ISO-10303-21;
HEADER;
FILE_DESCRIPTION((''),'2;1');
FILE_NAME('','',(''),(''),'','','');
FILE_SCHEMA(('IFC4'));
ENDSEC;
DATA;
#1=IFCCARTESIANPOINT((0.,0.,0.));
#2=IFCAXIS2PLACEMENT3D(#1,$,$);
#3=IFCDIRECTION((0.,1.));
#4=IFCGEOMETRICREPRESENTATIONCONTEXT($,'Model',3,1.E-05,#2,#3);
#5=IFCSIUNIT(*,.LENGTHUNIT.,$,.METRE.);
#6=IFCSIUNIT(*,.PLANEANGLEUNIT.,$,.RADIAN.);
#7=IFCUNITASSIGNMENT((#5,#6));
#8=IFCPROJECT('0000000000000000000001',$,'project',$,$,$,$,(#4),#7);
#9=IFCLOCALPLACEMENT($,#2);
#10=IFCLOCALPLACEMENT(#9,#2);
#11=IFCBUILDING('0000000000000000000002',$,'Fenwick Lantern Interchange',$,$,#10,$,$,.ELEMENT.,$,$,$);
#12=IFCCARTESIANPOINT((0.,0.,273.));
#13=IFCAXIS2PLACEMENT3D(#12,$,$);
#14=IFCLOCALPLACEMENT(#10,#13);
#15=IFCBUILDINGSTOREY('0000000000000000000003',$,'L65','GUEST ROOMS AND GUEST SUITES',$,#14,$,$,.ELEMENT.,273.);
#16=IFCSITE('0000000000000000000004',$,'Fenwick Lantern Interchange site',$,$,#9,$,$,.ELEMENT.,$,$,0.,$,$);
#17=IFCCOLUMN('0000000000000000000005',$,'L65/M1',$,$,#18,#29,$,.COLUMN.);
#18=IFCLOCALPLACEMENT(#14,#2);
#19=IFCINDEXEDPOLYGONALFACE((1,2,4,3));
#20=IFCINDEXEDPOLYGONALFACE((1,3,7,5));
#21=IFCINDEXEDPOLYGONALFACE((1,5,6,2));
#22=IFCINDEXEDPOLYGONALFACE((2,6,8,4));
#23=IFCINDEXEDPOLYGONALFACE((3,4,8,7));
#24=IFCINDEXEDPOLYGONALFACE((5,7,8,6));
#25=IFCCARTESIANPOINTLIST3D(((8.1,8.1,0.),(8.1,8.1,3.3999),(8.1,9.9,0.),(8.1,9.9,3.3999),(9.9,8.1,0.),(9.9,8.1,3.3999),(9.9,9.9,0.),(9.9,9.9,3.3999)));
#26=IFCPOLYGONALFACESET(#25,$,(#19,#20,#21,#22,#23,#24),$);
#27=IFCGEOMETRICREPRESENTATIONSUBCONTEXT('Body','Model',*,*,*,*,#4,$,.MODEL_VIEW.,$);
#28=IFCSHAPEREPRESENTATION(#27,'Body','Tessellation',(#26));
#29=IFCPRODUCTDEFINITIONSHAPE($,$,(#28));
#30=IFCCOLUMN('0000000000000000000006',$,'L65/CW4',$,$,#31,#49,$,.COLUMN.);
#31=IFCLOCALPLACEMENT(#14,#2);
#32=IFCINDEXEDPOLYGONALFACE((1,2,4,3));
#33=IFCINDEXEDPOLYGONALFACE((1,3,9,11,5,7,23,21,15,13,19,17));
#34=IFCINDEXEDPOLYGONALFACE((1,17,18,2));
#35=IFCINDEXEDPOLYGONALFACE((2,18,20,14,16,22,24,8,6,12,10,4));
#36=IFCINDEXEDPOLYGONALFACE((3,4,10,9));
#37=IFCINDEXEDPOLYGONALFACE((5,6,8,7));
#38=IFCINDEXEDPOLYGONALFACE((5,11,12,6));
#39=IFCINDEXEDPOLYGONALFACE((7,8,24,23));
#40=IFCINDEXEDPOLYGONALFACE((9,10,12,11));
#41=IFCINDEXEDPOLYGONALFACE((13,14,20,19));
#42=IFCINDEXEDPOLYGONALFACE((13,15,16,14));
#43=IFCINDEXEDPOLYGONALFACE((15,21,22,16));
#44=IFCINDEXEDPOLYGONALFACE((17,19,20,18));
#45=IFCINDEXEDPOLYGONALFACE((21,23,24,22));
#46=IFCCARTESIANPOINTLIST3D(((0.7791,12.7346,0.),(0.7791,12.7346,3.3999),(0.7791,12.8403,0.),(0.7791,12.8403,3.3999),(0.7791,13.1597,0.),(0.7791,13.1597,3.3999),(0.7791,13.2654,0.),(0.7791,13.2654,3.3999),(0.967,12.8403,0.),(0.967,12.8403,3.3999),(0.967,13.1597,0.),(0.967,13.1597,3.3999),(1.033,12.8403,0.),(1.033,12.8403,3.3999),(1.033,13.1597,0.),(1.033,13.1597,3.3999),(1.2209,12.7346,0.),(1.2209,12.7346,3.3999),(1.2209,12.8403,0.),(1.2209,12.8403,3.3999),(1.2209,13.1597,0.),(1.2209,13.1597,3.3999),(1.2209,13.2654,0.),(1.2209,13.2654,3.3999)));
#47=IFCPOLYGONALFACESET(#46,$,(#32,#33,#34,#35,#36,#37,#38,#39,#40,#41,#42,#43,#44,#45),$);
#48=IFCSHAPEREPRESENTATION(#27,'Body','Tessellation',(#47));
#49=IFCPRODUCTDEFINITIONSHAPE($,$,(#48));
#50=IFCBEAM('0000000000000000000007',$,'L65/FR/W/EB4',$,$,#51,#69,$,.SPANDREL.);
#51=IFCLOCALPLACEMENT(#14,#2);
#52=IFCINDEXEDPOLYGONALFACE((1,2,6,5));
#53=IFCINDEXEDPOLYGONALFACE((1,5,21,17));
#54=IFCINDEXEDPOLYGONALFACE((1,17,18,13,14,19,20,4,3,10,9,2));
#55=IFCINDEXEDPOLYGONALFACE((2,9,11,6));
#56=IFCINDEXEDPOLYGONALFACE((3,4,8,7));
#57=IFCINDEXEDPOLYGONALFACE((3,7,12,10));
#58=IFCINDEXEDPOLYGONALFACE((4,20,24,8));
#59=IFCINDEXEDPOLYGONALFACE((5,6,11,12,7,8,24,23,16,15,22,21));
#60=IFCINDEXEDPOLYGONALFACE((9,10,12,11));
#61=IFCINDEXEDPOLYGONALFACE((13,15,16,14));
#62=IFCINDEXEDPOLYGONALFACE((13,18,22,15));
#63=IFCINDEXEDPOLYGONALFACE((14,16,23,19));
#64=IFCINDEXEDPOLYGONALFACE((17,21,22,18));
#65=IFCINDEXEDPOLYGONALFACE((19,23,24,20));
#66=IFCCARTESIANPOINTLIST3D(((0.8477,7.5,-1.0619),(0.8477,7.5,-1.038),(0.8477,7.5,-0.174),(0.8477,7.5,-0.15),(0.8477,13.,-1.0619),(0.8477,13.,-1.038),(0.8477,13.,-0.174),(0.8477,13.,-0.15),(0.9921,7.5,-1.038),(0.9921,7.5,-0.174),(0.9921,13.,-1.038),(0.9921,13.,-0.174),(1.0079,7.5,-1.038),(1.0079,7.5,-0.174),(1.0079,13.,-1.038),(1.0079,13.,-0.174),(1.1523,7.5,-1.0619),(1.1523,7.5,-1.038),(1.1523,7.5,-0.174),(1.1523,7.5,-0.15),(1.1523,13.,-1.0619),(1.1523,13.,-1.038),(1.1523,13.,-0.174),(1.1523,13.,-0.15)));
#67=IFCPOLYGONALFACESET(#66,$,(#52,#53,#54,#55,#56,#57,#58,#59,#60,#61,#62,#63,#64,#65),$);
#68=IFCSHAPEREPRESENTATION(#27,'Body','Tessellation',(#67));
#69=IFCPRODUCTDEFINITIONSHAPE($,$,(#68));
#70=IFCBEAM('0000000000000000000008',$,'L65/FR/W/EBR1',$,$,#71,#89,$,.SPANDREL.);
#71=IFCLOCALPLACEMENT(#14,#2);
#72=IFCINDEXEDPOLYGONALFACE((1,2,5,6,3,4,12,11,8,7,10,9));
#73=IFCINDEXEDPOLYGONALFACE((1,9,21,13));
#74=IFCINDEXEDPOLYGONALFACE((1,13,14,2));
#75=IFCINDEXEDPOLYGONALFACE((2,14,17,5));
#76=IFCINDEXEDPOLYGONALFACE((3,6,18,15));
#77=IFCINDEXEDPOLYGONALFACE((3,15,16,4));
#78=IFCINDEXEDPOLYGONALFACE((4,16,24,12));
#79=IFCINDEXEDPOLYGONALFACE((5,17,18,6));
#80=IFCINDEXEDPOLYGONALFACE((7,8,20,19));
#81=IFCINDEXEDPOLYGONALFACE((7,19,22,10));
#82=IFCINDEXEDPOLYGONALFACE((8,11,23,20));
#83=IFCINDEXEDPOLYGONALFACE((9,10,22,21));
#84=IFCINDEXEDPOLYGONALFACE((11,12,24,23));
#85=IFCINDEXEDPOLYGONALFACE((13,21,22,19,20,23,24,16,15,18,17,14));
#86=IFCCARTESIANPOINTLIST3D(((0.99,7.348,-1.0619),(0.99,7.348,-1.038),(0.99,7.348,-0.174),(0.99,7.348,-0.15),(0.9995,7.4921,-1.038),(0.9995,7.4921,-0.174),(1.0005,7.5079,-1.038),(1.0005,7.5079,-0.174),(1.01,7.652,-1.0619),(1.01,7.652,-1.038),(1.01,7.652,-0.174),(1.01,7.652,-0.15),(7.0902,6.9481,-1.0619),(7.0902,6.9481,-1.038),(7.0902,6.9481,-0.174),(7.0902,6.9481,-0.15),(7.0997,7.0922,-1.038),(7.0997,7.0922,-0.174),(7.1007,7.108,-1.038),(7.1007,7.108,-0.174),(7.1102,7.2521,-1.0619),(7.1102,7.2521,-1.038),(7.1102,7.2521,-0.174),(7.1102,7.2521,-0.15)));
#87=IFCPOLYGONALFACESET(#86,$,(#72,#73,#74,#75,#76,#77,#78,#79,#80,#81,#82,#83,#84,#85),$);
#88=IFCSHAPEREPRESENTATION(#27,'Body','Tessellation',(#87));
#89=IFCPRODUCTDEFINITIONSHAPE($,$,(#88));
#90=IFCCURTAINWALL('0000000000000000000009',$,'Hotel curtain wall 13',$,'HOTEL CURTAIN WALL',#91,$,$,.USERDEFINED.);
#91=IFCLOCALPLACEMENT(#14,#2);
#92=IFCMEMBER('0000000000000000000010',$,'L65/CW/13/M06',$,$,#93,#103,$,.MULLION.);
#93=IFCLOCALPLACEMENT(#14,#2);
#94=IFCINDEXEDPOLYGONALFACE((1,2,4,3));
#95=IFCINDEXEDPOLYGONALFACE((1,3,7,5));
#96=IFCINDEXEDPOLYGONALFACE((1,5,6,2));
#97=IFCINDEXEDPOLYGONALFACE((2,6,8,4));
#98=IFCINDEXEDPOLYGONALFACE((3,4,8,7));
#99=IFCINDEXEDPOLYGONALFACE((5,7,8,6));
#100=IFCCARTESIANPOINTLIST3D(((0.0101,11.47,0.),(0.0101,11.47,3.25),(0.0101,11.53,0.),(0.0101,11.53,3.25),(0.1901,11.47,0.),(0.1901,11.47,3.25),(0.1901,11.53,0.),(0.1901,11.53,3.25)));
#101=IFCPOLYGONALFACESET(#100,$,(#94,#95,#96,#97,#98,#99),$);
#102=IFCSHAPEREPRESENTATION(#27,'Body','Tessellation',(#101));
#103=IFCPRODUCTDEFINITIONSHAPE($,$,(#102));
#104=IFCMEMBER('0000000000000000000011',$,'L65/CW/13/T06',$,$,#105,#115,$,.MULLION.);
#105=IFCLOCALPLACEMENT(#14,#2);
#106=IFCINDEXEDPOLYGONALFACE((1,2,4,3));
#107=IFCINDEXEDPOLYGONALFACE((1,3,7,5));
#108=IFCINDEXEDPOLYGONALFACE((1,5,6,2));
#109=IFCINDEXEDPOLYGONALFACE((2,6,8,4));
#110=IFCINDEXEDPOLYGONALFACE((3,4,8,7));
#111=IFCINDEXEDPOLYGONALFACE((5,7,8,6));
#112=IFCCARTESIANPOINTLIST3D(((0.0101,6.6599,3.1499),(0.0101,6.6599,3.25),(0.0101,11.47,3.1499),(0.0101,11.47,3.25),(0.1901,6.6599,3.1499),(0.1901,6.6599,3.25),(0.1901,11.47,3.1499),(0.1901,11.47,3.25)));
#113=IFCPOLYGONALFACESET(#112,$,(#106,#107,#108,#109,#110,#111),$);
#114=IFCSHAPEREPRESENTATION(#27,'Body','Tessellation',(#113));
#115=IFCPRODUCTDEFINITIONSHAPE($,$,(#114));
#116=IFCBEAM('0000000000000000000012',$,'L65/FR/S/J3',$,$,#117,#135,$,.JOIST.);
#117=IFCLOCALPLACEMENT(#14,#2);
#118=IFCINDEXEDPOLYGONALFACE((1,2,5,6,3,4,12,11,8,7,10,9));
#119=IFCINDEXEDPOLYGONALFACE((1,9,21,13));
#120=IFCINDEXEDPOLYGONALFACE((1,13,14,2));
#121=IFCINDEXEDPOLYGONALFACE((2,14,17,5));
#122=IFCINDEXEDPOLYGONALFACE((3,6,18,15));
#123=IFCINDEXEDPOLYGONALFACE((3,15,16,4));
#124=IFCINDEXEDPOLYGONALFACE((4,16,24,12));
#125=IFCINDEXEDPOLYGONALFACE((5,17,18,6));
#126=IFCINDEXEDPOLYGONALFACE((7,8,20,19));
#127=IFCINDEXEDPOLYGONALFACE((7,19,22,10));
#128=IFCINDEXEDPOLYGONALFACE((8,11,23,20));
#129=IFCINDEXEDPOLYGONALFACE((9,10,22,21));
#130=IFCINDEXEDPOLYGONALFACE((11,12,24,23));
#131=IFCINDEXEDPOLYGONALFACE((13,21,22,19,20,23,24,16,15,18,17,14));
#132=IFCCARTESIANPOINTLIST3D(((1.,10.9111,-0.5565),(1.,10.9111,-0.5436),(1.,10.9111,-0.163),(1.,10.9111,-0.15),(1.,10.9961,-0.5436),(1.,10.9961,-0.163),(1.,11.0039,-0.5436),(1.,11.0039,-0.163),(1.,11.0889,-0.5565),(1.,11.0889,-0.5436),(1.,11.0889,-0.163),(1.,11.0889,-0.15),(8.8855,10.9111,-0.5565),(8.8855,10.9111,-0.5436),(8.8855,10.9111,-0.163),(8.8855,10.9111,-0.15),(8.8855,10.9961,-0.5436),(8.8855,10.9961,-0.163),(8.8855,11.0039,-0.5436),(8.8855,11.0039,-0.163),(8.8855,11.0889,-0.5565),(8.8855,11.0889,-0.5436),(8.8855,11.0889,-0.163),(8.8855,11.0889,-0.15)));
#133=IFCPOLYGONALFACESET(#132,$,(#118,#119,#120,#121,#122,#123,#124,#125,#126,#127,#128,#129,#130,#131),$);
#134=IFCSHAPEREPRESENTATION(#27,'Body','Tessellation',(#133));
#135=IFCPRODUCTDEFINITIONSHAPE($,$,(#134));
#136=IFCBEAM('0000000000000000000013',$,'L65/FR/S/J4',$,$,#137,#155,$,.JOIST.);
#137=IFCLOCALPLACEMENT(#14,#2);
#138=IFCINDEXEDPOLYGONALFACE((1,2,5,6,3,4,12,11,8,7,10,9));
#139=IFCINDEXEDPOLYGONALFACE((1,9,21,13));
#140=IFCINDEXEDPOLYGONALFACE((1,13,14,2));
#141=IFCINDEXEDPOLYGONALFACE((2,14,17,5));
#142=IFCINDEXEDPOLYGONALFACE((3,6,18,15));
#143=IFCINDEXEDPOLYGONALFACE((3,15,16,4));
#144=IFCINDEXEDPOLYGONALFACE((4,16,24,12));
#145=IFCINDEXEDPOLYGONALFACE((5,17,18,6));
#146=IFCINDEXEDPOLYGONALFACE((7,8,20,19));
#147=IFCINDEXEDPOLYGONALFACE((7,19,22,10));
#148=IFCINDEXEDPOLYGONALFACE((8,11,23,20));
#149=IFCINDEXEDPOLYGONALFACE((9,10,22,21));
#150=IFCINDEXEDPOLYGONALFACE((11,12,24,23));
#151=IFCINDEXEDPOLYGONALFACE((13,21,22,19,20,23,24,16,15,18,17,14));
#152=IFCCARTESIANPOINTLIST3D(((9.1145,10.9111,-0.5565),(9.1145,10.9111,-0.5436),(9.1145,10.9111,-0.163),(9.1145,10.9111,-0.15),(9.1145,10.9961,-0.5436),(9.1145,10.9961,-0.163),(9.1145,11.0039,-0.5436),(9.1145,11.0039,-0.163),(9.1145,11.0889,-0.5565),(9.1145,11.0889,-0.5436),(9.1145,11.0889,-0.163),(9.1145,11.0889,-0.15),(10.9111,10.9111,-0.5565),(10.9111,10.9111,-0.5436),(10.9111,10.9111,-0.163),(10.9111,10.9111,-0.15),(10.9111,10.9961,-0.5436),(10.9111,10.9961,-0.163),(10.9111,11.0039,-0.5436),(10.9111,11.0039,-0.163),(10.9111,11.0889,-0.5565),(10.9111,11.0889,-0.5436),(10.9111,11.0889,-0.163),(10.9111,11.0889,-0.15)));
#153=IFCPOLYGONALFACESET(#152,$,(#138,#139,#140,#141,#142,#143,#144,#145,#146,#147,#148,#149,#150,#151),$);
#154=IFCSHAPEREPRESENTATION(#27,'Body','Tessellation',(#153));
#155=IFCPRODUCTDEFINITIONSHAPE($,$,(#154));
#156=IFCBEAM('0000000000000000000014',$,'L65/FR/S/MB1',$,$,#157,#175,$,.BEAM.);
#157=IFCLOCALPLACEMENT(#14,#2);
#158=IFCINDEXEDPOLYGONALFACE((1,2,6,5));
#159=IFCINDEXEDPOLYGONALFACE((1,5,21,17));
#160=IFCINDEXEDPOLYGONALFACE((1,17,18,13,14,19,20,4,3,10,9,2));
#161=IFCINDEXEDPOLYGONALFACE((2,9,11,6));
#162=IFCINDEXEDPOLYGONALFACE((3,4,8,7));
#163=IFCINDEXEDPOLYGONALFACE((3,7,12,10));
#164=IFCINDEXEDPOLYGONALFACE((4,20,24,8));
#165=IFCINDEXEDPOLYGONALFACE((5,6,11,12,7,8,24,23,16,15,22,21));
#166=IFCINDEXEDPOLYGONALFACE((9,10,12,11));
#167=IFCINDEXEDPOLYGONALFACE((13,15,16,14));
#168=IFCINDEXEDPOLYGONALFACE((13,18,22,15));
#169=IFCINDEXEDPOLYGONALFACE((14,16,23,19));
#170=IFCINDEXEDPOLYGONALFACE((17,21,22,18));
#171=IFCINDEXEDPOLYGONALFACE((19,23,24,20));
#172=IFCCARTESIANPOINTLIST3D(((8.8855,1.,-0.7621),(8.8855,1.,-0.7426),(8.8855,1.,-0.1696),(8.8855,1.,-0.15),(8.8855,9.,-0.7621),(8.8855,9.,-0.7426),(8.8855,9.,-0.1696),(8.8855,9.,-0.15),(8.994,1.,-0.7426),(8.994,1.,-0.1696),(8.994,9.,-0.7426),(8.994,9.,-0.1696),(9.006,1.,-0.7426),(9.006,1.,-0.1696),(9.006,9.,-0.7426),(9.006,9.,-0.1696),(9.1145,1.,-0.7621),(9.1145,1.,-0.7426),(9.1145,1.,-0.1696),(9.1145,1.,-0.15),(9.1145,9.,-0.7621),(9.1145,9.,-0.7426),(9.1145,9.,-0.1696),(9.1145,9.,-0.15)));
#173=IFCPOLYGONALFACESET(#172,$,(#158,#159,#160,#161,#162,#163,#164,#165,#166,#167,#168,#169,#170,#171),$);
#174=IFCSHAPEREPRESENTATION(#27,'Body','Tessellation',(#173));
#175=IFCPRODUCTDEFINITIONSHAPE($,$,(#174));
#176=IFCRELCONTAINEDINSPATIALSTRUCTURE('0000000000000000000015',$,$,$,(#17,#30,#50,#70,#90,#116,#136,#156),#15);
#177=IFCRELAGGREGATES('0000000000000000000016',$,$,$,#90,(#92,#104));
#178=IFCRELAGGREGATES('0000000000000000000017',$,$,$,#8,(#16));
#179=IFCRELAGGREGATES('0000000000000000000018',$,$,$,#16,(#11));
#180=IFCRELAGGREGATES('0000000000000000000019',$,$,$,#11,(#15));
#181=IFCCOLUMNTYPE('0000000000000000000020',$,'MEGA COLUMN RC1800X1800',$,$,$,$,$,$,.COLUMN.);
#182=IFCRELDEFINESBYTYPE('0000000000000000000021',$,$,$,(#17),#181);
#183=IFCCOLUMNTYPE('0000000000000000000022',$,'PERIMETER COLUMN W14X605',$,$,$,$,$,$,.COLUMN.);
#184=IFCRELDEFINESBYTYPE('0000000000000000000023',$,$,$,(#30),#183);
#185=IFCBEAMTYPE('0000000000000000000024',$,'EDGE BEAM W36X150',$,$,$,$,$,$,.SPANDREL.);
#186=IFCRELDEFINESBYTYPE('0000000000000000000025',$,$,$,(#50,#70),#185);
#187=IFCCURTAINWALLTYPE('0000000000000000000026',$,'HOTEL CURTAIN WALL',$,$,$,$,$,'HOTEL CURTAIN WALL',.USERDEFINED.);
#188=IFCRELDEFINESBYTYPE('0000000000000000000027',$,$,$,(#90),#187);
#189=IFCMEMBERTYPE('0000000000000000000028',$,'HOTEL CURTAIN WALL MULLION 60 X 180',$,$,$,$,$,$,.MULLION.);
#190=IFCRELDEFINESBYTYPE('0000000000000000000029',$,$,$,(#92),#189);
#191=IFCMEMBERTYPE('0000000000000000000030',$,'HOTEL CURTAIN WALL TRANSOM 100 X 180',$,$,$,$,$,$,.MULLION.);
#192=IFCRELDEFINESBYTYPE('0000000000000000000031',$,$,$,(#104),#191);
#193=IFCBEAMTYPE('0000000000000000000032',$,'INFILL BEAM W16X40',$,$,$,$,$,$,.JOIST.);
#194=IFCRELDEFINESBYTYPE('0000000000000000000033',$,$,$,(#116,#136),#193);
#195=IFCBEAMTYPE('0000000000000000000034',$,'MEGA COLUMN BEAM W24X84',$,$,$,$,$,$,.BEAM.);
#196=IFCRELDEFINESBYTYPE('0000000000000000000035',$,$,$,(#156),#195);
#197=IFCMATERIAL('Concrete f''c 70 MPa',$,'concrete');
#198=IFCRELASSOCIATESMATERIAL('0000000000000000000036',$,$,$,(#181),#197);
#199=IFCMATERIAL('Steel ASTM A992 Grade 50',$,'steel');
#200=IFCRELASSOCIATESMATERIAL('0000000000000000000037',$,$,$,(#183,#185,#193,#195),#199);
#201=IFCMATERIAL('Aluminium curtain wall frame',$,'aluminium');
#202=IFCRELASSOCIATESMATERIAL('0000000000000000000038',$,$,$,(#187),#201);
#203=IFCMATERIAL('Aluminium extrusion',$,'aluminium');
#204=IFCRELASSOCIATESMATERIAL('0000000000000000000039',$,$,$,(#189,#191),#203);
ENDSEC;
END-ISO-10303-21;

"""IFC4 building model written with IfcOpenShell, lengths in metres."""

from ifc_helpers import new_model, si_unit, direction, frame, origin, origin_2d, place, context, subcontext, project, spatial, rectangle, i_section, extrude, material, material_profile, profile_set, type_object, element, aggregate, save


model = new_model("IFC4")

# Units and contexts
model_context = context("Model", 3, precision=1e-05, world=origin(), true_north=direction((0.0, 1.0)))
body_context = subcontext(model_context, "Body", "Model", "MODEL_VIEW")
ifc_project = project(units=[si_unit("LENGTHUNIT", "METRE"), si_unit("PLANEANGLEUNIT", "RADIAN")], contexts=[model_context])

# Site, building, storey
site_placement = place(None, origin())
site = spatial("IfcSite", under=ifc_project, at=site_placement, Name="Fenwick Lantern Interchange site", CompositionType="ELEMENT", RefElevation=0.0)
building_placement = place(site_placement, origin())
building = spatial("IfcBuilding", under=site, at=building_placement, Name="Fenwick Lantern Interchange", CompositionType="ELEMENT")
storey_placement = place(building_placement, frame((0.0, 0.0, 273.0)))
storey = spatial("IfcBuildingStorey", under=building, at=storey_placement, Name="L65", Description="GUEST ROOMS AND GUEST SUITES", CompositionType="ELEMENT", Elevation=273.0)

# Columns
ifc_material_1 = material(Name="Concrete f'c 70 MPa", Category="concrete")
ifc_material_profile_1 = material_profile(ifc_material_1, rectangle(XDim=1.8, YDim=1.8, at=origin_2d()), Name="RC1800X1800")
ifc_profile_set_1 = profile_set([ifc_material_profile_1], Name="Concrete f'c 70 MPa")
column_type_1 = type_object("IfcColumnType", Name="MEGA COLUMN RC1800X1800", PredefinedType="COLUMN", material=ifc_profile_set_1)
column_1_placement = place(storey_placement, frame((9.0, 9.0, 0.0), z_axis=(0.0, 0.0, 1.0), x_axis=(1.0, 0.0, 0.0)))
element("IfcColumn", 1, at=column_1_placement, inside=storey, type_object=column_type_1, Name="L65/M1", PredefinedType="COLUMN", context=body_context, shape_type="SweptSolid", body=[
    extrude(rectangle(XDim=1.8, YDim=1.8, at=origin_2d()), origin(), (0.0, 0.0, 1.0), 3.3999),
])
ifc_material_2 = material(Name="Steel ASTM A992 Grade 50", Category="steel")
ifc_material_profile_2 = material_profile(ifc_material_2, i_section(OverallWidth=0.4419, OverallDepth=0.5308, WebThickness=0.0659, FlangeThickness=0.1057, at=origin_2d()), Name="W14X605")
ifc_profile_set_2 = profile_set([ifc_material_profile_2], Name="Steel ASTM A992 Grade 50")
column_type_2 = type_object("IfcColumnType", Name="PERIMETER COLUMN W14X605", PredefinedType="COLUMN", material=ifc_profile_set_2)
column_2_placement = place(storey_placement, frame((1.0, 13.0, 0.0), z_axis=(0.0, 0.0, 1.0), x_axis=(1.0, 0.0, 0.0)))
element("IfcColumn", 2, at=column_2_placement, inside=storey, type_object=column_type_2, Name="L65/CW4", PredefinedType="COLUMN", context=body_context, shape_type="SweptSolid", body=[
    extrude(i_section(OverallWidth=0.4419, OverallDepth=0.5308, WebThickness=0.0659, FlangeThickness=0.1057, at=origin_2d()), origin(), (0.0, 0.0, 1.0), 3.3999),
])

# Beams
ifc_material_profile_3 = material_profile(ifc_material_2, i_section(OverallWidth=0.3047, OverallDepth=0.9119, WebThickness=0.0159, FlangeThickness=0.0239, at=origin_2d()), Name="W36X150")
ifc_profile_set_3 = profile_set([ifc_material_profile_3], Name="Steel ASTM A992 Grade 50")
beam_type_1 = type_object("IfcBeamType", Name="EDGE BEAM W36X150", PredefinedType="SPANDREL", material=ifc_profile_set_3)
beam_1_placement = place(storey_placement, frame((1.0, 13.0, -0.606), z_axis=(0.0, -1.0, 0.0), x_axis=(1.0, 0.0, 0.0)))
element("IfcBeam", 3, at=beam_1_placement, inside=storey, type_object=beam_type_1, Name="L65/FR/W/EB4", PredefinedType="SPANDREL", context=body_context, shape_type="SweptSolid", body=[
    extrude(i_section(OverallWidth=0.3047, OverallDepth=0.9119, WebThickness=0.0159, FlangeThickness=0.0239, at=origin_2d()), origin(), (0.0, 0.0, 1.0), 5.5),
])
beam_2_placement = place(storey_placement, frame((1.0, 7.5, -0.606), z_axis=(0.997858, -0.065416, 0.0), x_axis=(0.065416, 0.997858, 0.0)))
element("IfcBeam", 4, at=beam_2_placement, inside=storey, type_object=beam_type_1, Name="L65/FR/W/EBR1", PredefinedType="SPANDREL", context=body_context, shape_type="SweptSolid", body=[
    extrude(i_section(OverallWidth=0.3047, OverallDepth=0.9119, WebThickness=0.0159, FlangeThickness=0.0239, at=origin_2d()), origin(), (0.0, 0.0, 1.0), 6.1133),
])

# Curtain wall, members
ifc_material_3 = material(Name="Aluminium curtain wall frame", Category="aluminium")
curtain_wall_type = type_object("IfcCurtainWallType", Name="HOTEL CURTAIN WALL", ElementType="HOTEL CURTAIN WALL", PredefinedType="USERDEFINED", material=ifc_material_3)
curtain_wall_placement = place(storey_placement, origin())
curtain_wall = element("IfcCurtainWall", 5, at=curtain_wall_placement, inside=storey, type_object=curtain_wall_type, Name="Hotel curtain wall 13", ObjectType="HOTEL CURTAIN WALL", PredefinedType="USERDEFINED")
ifc_material_4 = material(Name="Aluminium extrusion", Category="aluminium")
ifc_material_profile_4 = material_profile(ifc_material_4, rectangle(XDim=0.1799, YDim=0.0601, at=origin_2d()), Name="HOTEL CURTAIN WALL MULLION 60 X 180")
ifc_profile_set_4 = profile_set([ifc_material_profile_4], Name="Aluminium extrusion")
member_type_1 = type_object("IfcMemberType", Name="HOTEL CURTAIN WALL MULLION 60 X 180", PredefinedType="MULLION", material=ifc_profile_set_4)
member_1_placement = place(storey_placement, frame((0.1001, 11.5, 0.0), z_axis=(0.0, 0.0, 1.0), x_axis=(1.0, 0.0, 0.0)))
member_1 = element("IfcMember", 6, at=member_1_placement, type_object=member_type_1, Name="L65/CW/13/M06", PredefinedType="MULLION", context=body_context, shape_type="SweptSolid", body=[
    extrude(rectangle(XDim=0.1799, YDim=0.0601, at=origin_2d()), origin(), (0.0, 0.0, 1.0), 3.25),
])
ifc_material_profile_5 = material_profile(ifc_material_4, rectangle(XDim=0.1799, YDim=0.1001, at=origin_2d()), Name="HOTEL CURTAIN WALL TRANSOM 100 X 180")
ifc_profile_set_5 = profile_set([ifc_material_profile_5], Name="Aluminium extrusion")
member_type_2 = type_object("IfcMemberType", Name="HOTEL CURTAIN WALL TRANSOM 100 X 180", PredefinedType="MULLION", material=ifc_profile_set_5)
member_2_placement = place(storey_placement, frame((0.1001, 11.47, 3.2), z_axis=(0.0, -1.0, 0.0), x_axis=(1.0, 0.0, 0.0)))
member_2 = element("IfcMember", 7, at=member_2_placement, type_object=member_type_2, Name="L65/CW/13/T06", PredefinedType="MULLION", context=body_context, shape_type="SweptSolid", body=[
    extrude(rectangle(XDim=0.1799, YDim=0.1001, at=origin_2d()), origin(), (0.0, 0.0, 1.0), 4.8101),
])
aggregate(curtain_wall, [member_1, member_2])

# Beams
ifc_material_profile_6 = material_profile(ifc_material_2, i_section(OverallWidth=0.1777, OverallDepth=0.4065, WebThickness=0.0078, FlangeThickness=0.0129, at=origin_2d()), Name="W16X40")
ifc_profile_set_6 = profile_set([ifc_material_profile_6], Name="Steel ASTM A992 Grade 50")
beam_type_2 = type_object("IfcBeamType", Name="INFILL BEAM W16X40", PredefinedType="JOIST", material=ifc_profile_set_6)
beam_3_placement = place(storey_placement, frame((1.0, 11.0, -0.3533), z_axis=(1.0, 0.0, 0.0), x_axis=(0.0, 1.0, 0.0)))
element("IfcBeam", 8, at=beam_3_placement, inside=storey, type_object=beam_type_2, Name="L65/FR/S/J3", PredefinedType="JOIST", context=body_context, shape_type="SweptSolid", body=[
    extrude(i_section(OverallWidth=0.1777, OverallDepth=0.4065, WebThickness=0.0078, FlangeThickness=0.0129, at=origin_2d()), origin(), (0.0, 0.0, 1.0), 7.8855),
])
beam_4_placement = place(storey_placement, frame((9.1145, 11.0, -0.3533), z_axis=(1.0, 0.0, 0.0), x_axis=(0.0, 1.0, 0.0)))
element("IfcBeam", 9, at=beam_4_placement, inside=storey, type_object=beam_type_2, Name="L65/FR/S/J4", PredefinedType="JOIST", context=body_context, shape_type="SweptSolid", body=[
    extrude(i_section(OverallWidth=0.1777, OverallDepth=0.4065, WebThickness=0.0078, FlangeThickness=0.0129, at=origin_2d()), origin(), (0.0, 0.0, 1.0), 1.7966),
])
ifc_material_profile_7 = material_profile(ifc_material_2, i_section(OverallWidth=0.229, OverallDepth=0.6121, WebThickness=0.012, FlangeThickness=0.0195, at=origin_2d()), Name="W24X84")
ifc_profile_set_7 = profile_set([ifc_material_profile_7], Name="Steel ASTM A992 Grade 50")
beam_type_3 = type_object("IfcBeamType", Name="MEGA COLUMN BEAM W24X84", PredefinedType="BEAM", material=ifc_profile_set_7)
for number, where, z_axis, x_axis, name in (
    (10, (9.0, 9.0, -0.4561), (0.0, -1.0, 0.0), (1.0, 0.0, 0.0), "L65/FR/S/MB1"),
):
    element("IfcBeam", number, at=place(storey_placement, frame(where, z_axis=z_axis, x_axis=x_axis)), inside=storey, type_object=beam_type_3, Name=name, PredefinedType="BEAM", context=body_context, shape_type="SweptSolid", body=[
        extrude(i_section(OverallWidth=0.229, OverallDepth=0.6121, WebThickness=0.012, FlangeThickness=0.0195, at=origin_2d()), origin(), (0.0, 0.0, 1.0), 8.0),
    ])

save(model, "model.ifc")
